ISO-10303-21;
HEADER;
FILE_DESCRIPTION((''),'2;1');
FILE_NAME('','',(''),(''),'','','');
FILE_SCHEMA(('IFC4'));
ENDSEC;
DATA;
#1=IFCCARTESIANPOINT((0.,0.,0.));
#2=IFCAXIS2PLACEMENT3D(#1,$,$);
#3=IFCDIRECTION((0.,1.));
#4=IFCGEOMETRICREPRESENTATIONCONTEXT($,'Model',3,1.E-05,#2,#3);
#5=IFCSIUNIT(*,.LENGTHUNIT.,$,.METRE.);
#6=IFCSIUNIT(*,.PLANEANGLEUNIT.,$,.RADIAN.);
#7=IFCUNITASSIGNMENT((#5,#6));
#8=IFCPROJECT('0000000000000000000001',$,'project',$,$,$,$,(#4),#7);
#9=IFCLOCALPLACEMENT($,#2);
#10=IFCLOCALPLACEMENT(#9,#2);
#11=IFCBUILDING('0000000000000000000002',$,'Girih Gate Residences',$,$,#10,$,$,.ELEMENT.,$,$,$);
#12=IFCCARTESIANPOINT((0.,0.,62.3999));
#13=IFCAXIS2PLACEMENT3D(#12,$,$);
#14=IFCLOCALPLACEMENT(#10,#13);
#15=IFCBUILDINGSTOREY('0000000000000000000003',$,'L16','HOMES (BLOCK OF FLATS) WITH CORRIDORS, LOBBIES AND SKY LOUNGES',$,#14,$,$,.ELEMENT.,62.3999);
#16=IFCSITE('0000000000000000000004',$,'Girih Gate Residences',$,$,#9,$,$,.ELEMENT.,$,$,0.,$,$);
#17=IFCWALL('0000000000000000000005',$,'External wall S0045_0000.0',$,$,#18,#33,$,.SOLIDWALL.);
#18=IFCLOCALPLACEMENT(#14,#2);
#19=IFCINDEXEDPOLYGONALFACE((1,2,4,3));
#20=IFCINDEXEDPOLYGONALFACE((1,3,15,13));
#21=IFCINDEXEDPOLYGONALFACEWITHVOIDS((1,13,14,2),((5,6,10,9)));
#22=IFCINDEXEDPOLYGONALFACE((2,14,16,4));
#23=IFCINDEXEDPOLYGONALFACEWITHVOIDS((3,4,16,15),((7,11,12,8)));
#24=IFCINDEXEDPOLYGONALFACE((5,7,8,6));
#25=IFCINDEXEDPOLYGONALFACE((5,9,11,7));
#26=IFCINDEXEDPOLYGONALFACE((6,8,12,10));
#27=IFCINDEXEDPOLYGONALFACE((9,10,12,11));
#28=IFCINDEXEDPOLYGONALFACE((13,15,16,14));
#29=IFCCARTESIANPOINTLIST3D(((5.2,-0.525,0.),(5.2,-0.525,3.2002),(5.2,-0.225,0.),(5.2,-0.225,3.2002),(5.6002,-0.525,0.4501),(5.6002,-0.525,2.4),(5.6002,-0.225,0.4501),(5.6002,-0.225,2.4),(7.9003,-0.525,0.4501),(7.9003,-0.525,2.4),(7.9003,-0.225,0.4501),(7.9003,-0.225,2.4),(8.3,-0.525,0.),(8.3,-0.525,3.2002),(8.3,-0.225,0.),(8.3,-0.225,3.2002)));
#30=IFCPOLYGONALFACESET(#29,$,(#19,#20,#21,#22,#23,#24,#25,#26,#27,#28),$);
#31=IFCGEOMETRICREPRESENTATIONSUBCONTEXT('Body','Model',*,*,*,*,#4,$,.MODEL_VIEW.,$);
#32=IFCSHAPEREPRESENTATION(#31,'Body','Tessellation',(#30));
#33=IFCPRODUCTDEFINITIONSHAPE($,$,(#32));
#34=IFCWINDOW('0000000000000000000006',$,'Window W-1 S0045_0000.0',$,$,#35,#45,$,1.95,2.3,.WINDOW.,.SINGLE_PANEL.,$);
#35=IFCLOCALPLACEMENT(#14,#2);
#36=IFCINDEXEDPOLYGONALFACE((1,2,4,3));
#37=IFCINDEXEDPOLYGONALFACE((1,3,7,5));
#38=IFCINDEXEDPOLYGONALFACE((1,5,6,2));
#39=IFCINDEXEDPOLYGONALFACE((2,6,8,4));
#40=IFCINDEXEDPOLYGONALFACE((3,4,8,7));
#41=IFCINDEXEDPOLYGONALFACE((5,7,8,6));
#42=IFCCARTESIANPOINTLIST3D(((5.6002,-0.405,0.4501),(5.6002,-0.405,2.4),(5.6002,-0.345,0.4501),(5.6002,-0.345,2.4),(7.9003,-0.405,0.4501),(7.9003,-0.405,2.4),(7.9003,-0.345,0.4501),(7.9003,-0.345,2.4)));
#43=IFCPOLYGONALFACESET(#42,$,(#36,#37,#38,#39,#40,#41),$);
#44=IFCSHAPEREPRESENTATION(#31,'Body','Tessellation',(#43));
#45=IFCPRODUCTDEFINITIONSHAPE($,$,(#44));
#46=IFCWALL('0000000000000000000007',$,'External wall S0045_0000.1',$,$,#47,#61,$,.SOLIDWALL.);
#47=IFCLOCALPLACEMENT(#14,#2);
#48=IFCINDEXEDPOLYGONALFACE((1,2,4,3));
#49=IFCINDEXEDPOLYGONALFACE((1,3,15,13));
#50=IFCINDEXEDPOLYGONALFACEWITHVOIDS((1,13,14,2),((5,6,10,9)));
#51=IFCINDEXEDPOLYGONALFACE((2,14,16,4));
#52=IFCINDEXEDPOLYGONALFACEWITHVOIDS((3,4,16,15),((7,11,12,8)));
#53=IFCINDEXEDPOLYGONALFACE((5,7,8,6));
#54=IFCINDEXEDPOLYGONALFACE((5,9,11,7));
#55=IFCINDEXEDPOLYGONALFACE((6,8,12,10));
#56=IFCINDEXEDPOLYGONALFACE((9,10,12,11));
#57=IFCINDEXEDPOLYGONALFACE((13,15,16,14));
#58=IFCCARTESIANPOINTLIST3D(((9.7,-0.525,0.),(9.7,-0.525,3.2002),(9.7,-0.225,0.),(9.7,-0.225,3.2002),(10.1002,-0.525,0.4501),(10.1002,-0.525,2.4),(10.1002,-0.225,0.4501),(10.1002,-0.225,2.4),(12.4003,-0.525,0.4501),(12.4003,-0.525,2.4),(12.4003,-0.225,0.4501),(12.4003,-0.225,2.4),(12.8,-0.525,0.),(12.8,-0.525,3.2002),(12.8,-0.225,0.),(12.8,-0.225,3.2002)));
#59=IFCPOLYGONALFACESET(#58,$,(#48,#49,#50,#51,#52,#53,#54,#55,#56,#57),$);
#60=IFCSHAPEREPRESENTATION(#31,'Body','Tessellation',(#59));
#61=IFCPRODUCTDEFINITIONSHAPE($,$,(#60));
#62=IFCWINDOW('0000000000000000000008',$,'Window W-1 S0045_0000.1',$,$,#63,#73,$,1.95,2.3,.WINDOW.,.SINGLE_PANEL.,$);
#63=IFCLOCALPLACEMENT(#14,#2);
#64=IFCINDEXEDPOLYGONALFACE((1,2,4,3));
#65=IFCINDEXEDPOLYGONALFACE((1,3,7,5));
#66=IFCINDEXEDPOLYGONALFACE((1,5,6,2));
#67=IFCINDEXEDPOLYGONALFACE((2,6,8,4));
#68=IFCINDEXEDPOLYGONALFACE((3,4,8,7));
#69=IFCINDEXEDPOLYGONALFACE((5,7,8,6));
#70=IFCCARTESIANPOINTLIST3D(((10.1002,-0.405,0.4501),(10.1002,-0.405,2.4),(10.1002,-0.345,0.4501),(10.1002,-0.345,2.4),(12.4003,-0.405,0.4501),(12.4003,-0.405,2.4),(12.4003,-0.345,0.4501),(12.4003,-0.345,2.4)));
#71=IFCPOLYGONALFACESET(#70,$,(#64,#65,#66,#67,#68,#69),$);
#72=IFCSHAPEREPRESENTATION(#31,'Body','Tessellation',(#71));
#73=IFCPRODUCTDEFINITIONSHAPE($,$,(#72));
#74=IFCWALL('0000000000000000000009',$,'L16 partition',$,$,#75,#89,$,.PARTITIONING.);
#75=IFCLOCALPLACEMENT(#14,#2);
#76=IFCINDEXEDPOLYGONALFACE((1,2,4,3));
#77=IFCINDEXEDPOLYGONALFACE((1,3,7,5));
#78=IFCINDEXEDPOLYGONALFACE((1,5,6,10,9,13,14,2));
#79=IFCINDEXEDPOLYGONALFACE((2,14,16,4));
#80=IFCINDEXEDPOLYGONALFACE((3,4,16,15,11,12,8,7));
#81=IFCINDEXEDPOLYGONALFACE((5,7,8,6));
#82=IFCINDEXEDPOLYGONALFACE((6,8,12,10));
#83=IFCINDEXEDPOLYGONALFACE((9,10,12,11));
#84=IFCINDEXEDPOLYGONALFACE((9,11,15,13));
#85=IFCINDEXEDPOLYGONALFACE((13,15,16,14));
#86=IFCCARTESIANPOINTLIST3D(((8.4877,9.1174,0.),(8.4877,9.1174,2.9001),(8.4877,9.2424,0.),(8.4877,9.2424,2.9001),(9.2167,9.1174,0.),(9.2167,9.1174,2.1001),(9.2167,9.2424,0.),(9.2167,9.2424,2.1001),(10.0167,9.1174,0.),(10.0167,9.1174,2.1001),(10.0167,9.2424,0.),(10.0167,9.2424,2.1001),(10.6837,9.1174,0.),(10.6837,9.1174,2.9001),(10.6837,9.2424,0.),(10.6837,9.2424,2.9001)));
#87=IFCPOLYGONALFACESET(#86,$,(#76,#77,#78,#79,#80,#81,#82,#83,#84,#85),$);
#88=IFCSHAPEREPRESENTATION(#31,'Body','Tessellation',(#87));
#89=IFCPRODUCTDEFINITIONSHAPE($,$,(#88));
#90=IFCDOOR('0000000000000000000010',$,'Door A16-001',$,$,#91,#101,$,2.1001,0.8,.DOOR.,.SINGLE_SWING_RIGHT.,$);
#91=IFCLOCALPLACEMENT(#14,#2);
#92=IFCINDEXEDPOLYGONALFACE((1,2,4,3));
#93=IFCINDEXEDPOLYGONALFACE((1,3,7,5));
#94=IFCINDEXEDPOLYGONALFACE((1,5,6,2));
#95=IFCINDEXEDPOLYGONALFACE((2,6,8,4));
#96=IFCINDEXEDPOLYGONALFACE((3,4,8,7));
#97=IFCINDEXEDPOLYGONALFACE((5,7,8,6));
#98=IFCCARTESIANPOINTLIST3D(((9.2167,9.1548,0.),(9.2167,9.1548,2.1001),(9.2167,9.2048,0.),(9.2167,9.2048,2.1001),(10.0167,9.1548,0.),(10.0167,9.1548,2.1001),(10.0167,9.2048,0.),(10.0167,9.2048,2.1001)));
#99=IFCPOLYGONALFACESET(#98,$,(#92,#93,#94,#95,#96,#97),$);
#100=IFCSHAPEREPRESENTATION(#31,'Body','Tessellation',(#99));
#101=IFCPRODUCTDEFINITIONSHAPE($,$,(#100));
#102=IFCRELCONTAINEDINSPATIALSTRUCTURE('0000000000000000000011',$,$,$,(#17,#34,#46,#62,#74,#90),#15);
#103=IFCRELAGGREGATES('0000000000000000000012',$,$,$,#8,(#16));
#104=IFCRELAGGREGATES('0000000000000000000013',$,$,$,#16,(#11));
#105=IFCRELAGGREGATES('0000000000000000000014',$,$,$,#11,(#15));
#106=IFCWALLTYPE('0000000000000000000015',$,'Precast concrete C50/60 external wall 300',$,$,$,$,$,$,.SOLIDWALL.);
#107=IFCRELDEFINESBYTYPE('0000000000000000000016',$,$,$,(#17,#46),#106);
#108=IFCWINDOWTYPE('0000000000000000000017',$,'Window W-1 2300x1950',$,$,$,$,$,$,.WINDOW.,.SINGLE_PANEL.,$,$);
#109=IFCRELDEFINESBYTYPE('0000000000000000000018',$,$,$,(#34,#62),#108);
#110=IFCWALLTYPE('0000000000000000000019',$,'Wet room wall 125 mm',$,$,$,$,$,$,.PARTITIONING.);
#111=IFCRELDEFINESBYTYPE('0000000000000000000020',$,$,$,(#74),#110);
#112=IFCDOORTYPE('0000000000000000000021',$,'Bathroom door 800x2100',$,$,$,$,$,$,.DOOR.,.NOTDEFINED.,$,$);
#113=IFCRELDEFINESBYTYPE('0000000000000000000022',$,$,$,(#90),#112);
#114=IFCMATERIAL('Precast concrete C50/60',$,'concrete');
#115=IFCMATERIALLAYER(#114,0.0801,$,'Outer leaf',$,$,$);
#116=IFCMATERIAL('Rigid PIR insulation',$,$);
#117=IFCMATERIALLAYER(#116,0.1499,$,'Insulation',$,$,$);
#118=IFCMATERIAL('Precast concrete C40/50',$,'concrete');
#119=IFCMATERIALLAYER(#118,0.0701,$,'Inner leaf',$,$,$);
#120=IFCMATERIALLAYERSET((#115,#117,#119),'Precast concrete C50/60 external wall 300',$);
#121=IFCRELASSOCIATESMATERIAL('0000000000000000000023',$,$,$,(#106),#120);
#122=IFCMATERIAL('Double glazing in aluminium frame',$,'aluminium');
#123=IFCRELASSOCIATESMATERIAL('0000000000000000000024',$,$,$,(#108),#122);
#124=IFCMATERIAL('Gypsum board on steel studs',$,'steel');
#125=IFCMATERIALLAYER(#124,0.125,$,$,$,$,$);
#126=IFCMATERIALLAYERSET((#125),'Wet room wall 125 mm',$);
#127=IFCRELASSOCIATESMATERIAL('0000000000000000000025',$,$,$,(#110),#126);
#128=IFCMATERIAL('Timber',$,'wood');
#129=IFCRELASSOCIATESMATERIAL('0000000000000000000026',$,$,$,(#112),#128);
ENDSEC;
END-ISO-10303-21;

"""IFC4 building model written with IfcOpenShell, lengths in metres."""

from ifc_helpers import new_model, si_unit, direction, frame, frame_2d, origin, place, context, subcontext, project, spatial, rectangle, extrude, material, layer, layer_set, type_object, element, fill, save


model = new_model("IFC4")

# Units and contexts
model_context = context("Model", 3, precision=1e-05, world=origin(), true_north=direction((0.0, 1.0)))
body_context = subcontext(model_context, "Body", "Model", "MODEL_VIEW")
ifc_project = project(units=[si_unit("LENGTHUNIT", "METRE"), si_unit("PLANEANGLEUNIT", "RADIAN")], contexts=[model_context])

# Site, building, storey
site_placement = place(None, origin())
site = spatial("IfcSite", under=ifc_project, at=site_placement, Name="Girih Gate Residences", CompositionType="ELEMENT", RefElevation=0.0)
building_placement = place(site_placement, origin())
building = spatial("IfcBuilding", under=site, at=building_placement, Name="Girih Gate Residences", CompositionType="ELEMENT")
storey_placement = place(building_placement, frame((0.0, 0.0, 62.3999)))
storey = spatial("IfcBuildingStorey", under=building, at=storey_placement, Name="L16", Description="HOMES (BLOCK OF FLATS) WITH CORRIDORS, LOBBIES AND SKY LOUNGES", CompositionType="ELEMENT", Elevation=62.3999)

# Shared definitions
ifc_material_1 = material(Name="Gypsum board on steel studs", Category="steel")

# Shared definitions
ifc_material_2 = material(Name="Timber", Category="wood")

# Walls, openings, windows
ifc_material_3 = material(Name="Precast concrete C50/60", Category="concrete")
ifc_layer_1 = layer(ifc_material_3, 0.0801, Name="Outer leaf")
ifc_material_4 = material(Name="Rigid PIR insulation")
ifc_layer_2 = layer(ifc_material_4, 0.1499, Name="Insulation")
ifc_material_5 = material(Name="Precast concrete C40/50", Category="concrete")
ifc_layer_3 = layer(ifc_material_5, 0.0701, Name="Inner leaf")
ifc_layer_set_1 = layer_set([ifc_layer_1, ifc_layer_2, ifc_layer_3], Name="Precast concrete C50/60 external wall 300")
wall_type_1 = type_object("IfcWallType", Name="Precast concrete C50/60 external wall 300", PredefinedType="SOLIDWALL", material=ifc_layer_set_1)
wall_1_placement = place(storey_placement, frame((8.3, -0.375, 0.0), z_axis=(0.0, 0.0, 1.0), x_axis=(-1.0, 0.0, 0.0)))
wall_1 = element("IfcWall", 1, at=wall_1_placement, inside=storey, type_object=wall_type_1, Name="External wall S0045_0000.0", PredefinedType="SOLIDWALL", context=body_context, shape_type="SweptSolid", body=[
    extrude(rectangle(XDim=3.1001, YDim=0.3, at=frame_2d((1.55, 0.0))), origin(), (0.0, 0.0, 1.0), 3.2002),
])
opening_1_placement = place(wall_1_placement, frame((0.3999, 0.0, 0.45)))
opening_1 = element("IfcOpeningElement", 2, at=opening_1_placement, cuts=wall_1, PredefinedType="OPENING", context=body_context, shape_type="SweptSolid", body=[
    extrude(rectangle(XDim=2.3, YDim=1.95, at=frame_2d((1.1499, 0.9751))), frame((0.0, 0.1599, 0.0), z_axis=(0.0, -1.0, 0.0), x_axis=(1.0, 0.0, 0.0)), (0.0, 0.0, 1.0), 0.3201),
])
ifc_material_6 = material(Name="Double glazing in aluminium frame", Category="aluminium")
window_type = type_object("IfcWindowType", Name="Window W-1 2300x1950", PartitioningType="SINGLE_PANEL", PredefinedType="WINDOW", material=ifc_material_6)
window_1_placement = place(opening_1_placement, origin())
window_1 = element("IfcWindow", 3, at=window_1_placement, inside=storey, type_object=window_type, Name="Window W-1 S0045_0000.0", OverallHeight=1.95, OverallWidth=2.3, PartitioningType="SINGLE_PANEL", PredefinedType="WINDOW", context=body_context, shape_type="SweptSolid", body=[
    extrude(rectangle(XDim=2.3, YDim=1.95, at=frame_2d((1.1499, 0.9751))), frame((0.0, 0.03, 0.0), z_axis=(0.0, -1.0, 0.0), x_axis=(1.0, 0.0, 0.0)), (0.0, 0.0, 1.0), 0.0601),
])
fill(opening_1, window_1)
wall_2_placement = place(storey_placement, frame((12.8, -0.375, 0.0), z_axis=(0.0, 0.0, 1.0), x_axis=(-1.0, 0.0, 0.0)))
wall_2 = element("IfcWall", 4, at=wall_2_placement, inside=storey, type_object=wall_type_1, Name="External wall S0045_0000.1", PredefinedType="SOLIDWALL", context=body_context, shape_type="SweptSolid", body=[
    extrude(rectangle(XDim=3.1001, YDim=0.3, at=frame_2d((1.55, 0.0))), origin(), (0.0, 0.0, 1.0), 3.2002),
])
opening_2_placement = place(wall_2_placement, frame((0.3999, 0.0, 0.45)))
opening_2 = element("IfcOpeningElement", 5, at=opening_2_placement, cuts=wall_2, PredefinedType="OPENING", context=body_context, shape_type="SweptSolid", body=[
    extrude(rectangle(XDim=2.3, YDim=1.95, at=frame_2d((1.1499, 0.9751))), frame((0.0, 0.1599, 0.0), z_axis=(0.0, -1.0, 0.0), x_axis=(1.0, 0.0, 0.0)), (0.0, 0.0, 1.0), 0.3201),
])
window_2_placement = place(opening_2_placement, origin())
window_2 = element("IfcWindow", 6, at=window_2_placement, inside=storey, type_object=window_type, Name="Window W-1 S0045_0000.1", OverallHeight=1.95, OverallWidth=2.3, PartitioningType="SINGLE_PANEL", PredefinedType="WINDOW", context=body_context, shape_type="SweptSolid", body=[
    extrude(rectangle(XDim=2.3, YDim=1.95, at=frame_2d((1.1499, 0.9751))), frame((0.0, 0.03, 0.0), z_axis=(0.0, -1.0, 0.0), x_axis=(1.0, 0.0, 0.0)), (0.0, 0.0, 1.0), 0.0601),
])
fill(opening_2, window_2)

# Wall, opening, door
ifc_layer_4 = layer(ifc_material_1, 0.125)
ifc_layer_set_2 = layer_set([ifc_layer_4], Name="Wet room wall 125 mm")
wall_type_2 = type_object("IfcWallType", Name="Wet room wall 125 mm", PredefinedType="PARTITIONING", material=ifc_layer_set_2)
wall_3_placement = place(storey_placement, frame((8.4875, 9.1799, 0.0), z_axis=(0.0, 0.0, 1.0), x_axis=(1.0, 0.0, 0.0)))
wall_3 = element("IfcWall", 7, at=wall_3_placement, inside=storey, type_object=wall_type_2, Name="L16 partition", PredefinedType="PARTITIONING", context=body_context, shape_type="SweptSolid", body=[
    extrude(rectangle(XDim=2.196, YDim=0.125, at=frame_2d((1.0981, 0.0))), origin(), (0.0, 0.0, 1.0), 2.9001),
])
opening_3_placement = place(wall_3_placement, frame((0.7292, 0.0, 0.0)))
opening_3 = element("IfcOpeningElement", 8, at=opening_3_placement, cuts=wall_3, PredefinedType="OPENING", context=body_context, shape_type="SweptSolid", body=[
    extrude(rectangle(XDim=0.8, YDim=2.1001, at=frame_2d((0.3999, 1.05))), frame((0.0, 0.0725, 0.0), z_axis=(0.0, -1.0, 0.0), x_axis=(1.0, 0.0, 0.0)), (0.0, 0.0, 1.0), 0.145),
])
door_type_1 = type_object("IfcDoorType", Name="Bathroom door 800x2100", OperationType="NOTDEFINED", PredefinedType="DOOR", material=ifc_material_2)
door_1_placement = place(opening_3_placement, origin())
door_1 = element("IfcDoor", 9, at=door_1_placement, inside=storey, type_object=door_type_1, Name="Door A16-001", OperationType="SINGLE_SWING_RIGHT", OverallHeight=2.1001, OverallWidth=0.8, PredefinedType="DOOR", context=body_context, shape_type="SweptSolid", body=[
    extrude(rectangle(XDim=0.8, YDim=2.1001, at=frame_2d((0.3999, 1.05))), frame((0.0, 0.0249, 0.0), z_axis=(0.0, -1.0, 0.0), x_axis=(1.0, 0.0, 0.0)), (0.0, 0.0, 1.0), 0.05),
])
fill(opening_3, door_1)

save(model, "model.ifc")
